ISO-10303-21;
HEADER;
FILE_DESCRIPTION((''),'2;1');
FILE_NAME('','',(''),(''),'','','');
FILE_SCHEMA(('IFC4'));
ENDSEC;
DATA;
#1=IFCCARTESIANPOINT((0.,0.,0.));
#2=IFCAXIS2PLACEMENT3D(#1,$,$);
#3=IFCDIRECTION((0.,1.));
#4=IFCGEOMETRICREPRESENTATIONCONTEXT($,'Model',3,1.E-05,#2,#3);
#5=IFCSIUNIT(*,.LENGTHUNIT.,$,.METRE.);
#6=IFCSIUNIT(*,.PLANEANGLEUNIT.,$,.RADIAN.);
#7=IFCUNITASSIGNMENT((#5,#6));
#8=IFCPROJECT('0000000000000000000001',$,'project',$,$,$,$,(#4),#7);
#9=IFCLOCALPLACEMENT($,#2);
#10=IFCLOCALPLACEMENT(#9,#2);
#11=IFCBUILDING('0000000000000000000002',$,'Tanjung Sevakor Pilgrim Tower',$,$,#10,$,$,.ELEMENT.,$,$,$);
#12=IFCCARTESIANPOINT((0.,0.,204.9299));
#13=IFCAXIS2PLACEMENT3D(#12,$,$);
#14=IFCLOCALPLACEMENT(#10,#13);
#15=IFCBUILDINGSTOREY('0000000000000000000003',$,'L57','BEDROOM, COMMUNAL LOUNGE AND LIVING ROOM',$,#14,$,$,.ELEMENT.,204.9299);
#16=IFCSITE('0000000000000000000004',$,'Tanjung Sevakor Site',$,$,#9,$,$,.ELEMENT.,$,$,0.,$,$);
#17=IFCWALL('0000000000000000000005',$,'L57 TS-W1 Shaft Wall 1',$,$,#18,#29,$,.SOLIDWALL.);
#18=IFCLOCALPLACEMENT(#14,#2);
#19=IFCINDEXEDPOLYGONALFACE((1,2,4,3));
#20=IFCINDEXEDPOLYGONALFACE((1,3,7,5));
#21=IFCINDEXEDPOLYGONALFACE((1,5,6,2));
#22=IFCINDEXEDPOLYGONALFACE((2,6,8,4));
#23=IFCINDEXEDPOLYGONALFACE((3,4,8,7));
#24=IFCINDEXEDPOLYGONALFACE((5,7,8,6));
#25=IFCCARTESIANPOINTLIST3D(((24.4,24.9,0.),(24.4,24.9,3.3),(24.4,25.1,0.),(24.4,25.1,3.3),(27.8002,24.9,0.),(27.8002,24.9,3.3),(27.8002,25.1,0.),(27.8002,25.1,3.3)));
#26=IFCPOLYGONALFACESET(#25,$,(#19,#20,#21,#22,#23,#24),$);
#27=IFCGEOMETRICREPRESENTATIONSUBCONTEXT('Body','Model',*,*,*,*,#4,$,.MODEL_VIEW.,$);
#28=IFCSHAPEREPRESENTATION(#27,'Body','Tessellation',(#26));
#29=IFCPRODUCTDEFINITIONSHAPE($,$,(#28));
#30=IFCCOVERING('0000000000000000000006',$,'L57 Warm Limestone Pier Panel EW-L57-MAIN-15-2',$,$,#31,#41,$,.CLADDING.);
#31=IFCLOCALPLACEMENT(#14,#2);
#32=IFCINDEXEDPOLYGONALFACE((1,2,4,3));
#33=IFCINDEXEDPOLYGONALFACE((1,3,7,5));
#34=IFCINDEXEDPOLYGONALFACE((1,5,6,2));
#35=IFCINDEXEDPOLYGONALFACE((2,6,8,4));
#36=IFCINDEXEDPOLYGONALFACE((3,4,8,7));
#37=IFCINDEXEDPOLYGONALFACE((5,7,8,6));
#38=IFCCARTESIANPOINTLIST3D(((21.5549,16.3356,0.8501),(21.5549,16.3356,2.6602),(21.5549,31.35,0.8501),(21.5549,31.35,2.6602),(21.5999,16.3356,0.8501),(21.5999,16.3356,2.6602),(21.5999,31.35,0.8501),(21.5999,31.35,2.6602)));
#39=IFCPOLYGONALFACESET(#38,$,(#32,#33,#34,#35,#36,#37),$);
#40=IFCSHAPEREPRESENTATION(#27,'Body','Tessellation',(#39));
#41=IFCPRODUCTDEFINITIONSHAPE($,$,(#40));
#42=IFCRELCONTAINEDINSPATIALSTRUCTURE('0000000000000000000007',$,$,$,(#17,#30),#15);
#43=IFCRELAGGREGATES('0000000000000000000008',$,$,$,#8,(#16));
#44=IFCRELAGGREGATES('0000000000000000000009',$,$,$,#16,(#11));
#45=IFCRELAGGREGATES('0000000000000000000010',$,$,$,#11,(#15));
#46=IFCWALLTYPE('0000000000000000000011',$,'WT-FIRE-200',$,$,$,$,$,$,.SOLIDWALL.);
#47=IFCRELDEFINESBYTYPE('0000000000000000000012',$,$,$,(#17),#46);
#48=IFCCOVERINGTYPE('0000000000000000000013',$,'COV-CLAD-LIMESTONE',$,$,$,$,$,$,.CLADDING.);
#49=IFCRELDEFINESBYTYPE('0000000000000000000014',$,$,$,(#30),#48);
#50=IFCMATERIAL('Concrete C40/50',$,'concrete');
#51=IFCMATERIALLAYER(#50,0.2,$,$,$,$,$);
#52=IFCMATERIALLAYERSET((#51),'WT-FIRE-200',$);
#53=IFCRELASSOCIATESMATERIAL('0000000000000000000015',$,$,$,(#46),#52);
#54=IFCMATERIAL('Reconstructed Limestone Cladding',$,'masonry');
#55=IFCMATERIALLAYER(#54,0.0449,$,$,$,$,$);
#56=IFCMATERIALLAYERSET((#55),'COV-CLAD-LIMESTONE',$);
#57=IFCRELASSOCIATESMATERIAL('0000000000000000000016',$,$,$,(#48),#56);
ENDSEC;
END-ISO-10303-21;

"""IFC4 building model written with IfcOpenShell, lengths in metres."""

from ifc_helpers import new_model, si_unit, direction, frame, frame_2d, origin, origin_2d, place, context, subcontext, project, spatial, rectangle, extrude, material, layer, layer_set, type_object, element, save


model = new_model("IFC4")

# Units and contexts
model_context = context("Model", 3, precision=1e-05, world=origin(), true_north=direction((0.0, 1.0)))
body_context = subcontext(model_context, "Body", "Model", "MODEL_VIEW")
ifc_project = project(units=[si_unit("LENGTHUNIT", "METRE"), si_unit("PLANEANGLEUNIT", "RADIAN")], contexts=[model_context])

# Site, building, storey
site_placement = place(None, origin())
site = spatial("IfcSite", under=ifc_project, at=site_placement, Name="Tanjung Sevakor Site", CompositionType="ELEMENT", RefElevation=0.0)
building_placement = place(site_placement, origin())
building = spatial("IfcBuilding", under=site, at=building_placement, Name="Tanjung Sevakor Pilgrim Tower", CompositionType="ELEMENT")
storey_placement = place(building_placement, frame((0.0, 0.0, 204.9299)))
storey = spatial("IfcBuildingStorey", under=building, at=storey_placement, Name="L57", Description="BEDROOM, COMMUNAL LOUNGE AND LIVING ROOM", CompositionType="ELEMENT", Elevation=204.9299)

# Wall
ifc_material_1 = material(Name="Concrete C40/50", Category="concrete")
ifc_layer_1 = layer(ifc_material_1, 0.2)
ifc_layer_set_1 = layer_set([ifc_layer_1], Name="WT-FIRE-200")
wall_type_1 = type_object("IfcWallType", Name="WT-FIRE-200", PredefinedType="SOLIDWALL", material=ifc_layer_set_1)
wall_1_placement = place(storey_placement, frame((24.3999, 25.0, 0.0), z_axis=(0.0, 0.0, 1.0), x_axis=(1.0, 0.0, 0.0)))
element("IfcWall", 1, at=wall_1_placement, inside=storey, type_object=wall_type_1, Name="L57 TS-W1 Shaft Wall 1", PredefinedType="SOLIDWALL", context=body_context, shape_type="SweptSolid", body=[
    extrude(rectangle(XDim=3.4001, YDim=0.2, at=frame_2d((1.7002, 0.0))), origin(), (0.0, 0.0, 1.0), 3.3),
])

# Covering
ifc_material_2 = material(Name="Reconstructed Limestone Cladding", Category="masonry")
ifc_layer_2 = layer(ifc_material_2, 0.0449)
ifc_layer_set_2 = layer_set([ifc_layer_2], Name="COV-CLAD-LIMESTONE")
covering_type = type_object("IfcCoveringType", Name="COV-CLAD-LIMESTONE", PredefinedType="CLADDING", material=ifc_layer_set_2)
covering_placement = place(storey_placement, frame((21.5774, 23.8428, 0.8501), z_axis=(0.0, 0.0, 1.0), x_axis=(0.0, -1.0, 0.0)))
element("IfcCovering", 2, at=covering_placement, inside=storey, type_object=covering_type, Name="L57 Warm Limestone Pier Panel EW-L57-MAIN-15-2", PredefinedType="CLADDING", context=body_context, shape_type="SweptSolid", body=[
    extrude(rectangle(XDim=15.0144, YDim=0.0449, at=origin_2d()), origin(), (0.0, 0.0, 1.0), 1.8101),
])

save(model, "model.ifc")
